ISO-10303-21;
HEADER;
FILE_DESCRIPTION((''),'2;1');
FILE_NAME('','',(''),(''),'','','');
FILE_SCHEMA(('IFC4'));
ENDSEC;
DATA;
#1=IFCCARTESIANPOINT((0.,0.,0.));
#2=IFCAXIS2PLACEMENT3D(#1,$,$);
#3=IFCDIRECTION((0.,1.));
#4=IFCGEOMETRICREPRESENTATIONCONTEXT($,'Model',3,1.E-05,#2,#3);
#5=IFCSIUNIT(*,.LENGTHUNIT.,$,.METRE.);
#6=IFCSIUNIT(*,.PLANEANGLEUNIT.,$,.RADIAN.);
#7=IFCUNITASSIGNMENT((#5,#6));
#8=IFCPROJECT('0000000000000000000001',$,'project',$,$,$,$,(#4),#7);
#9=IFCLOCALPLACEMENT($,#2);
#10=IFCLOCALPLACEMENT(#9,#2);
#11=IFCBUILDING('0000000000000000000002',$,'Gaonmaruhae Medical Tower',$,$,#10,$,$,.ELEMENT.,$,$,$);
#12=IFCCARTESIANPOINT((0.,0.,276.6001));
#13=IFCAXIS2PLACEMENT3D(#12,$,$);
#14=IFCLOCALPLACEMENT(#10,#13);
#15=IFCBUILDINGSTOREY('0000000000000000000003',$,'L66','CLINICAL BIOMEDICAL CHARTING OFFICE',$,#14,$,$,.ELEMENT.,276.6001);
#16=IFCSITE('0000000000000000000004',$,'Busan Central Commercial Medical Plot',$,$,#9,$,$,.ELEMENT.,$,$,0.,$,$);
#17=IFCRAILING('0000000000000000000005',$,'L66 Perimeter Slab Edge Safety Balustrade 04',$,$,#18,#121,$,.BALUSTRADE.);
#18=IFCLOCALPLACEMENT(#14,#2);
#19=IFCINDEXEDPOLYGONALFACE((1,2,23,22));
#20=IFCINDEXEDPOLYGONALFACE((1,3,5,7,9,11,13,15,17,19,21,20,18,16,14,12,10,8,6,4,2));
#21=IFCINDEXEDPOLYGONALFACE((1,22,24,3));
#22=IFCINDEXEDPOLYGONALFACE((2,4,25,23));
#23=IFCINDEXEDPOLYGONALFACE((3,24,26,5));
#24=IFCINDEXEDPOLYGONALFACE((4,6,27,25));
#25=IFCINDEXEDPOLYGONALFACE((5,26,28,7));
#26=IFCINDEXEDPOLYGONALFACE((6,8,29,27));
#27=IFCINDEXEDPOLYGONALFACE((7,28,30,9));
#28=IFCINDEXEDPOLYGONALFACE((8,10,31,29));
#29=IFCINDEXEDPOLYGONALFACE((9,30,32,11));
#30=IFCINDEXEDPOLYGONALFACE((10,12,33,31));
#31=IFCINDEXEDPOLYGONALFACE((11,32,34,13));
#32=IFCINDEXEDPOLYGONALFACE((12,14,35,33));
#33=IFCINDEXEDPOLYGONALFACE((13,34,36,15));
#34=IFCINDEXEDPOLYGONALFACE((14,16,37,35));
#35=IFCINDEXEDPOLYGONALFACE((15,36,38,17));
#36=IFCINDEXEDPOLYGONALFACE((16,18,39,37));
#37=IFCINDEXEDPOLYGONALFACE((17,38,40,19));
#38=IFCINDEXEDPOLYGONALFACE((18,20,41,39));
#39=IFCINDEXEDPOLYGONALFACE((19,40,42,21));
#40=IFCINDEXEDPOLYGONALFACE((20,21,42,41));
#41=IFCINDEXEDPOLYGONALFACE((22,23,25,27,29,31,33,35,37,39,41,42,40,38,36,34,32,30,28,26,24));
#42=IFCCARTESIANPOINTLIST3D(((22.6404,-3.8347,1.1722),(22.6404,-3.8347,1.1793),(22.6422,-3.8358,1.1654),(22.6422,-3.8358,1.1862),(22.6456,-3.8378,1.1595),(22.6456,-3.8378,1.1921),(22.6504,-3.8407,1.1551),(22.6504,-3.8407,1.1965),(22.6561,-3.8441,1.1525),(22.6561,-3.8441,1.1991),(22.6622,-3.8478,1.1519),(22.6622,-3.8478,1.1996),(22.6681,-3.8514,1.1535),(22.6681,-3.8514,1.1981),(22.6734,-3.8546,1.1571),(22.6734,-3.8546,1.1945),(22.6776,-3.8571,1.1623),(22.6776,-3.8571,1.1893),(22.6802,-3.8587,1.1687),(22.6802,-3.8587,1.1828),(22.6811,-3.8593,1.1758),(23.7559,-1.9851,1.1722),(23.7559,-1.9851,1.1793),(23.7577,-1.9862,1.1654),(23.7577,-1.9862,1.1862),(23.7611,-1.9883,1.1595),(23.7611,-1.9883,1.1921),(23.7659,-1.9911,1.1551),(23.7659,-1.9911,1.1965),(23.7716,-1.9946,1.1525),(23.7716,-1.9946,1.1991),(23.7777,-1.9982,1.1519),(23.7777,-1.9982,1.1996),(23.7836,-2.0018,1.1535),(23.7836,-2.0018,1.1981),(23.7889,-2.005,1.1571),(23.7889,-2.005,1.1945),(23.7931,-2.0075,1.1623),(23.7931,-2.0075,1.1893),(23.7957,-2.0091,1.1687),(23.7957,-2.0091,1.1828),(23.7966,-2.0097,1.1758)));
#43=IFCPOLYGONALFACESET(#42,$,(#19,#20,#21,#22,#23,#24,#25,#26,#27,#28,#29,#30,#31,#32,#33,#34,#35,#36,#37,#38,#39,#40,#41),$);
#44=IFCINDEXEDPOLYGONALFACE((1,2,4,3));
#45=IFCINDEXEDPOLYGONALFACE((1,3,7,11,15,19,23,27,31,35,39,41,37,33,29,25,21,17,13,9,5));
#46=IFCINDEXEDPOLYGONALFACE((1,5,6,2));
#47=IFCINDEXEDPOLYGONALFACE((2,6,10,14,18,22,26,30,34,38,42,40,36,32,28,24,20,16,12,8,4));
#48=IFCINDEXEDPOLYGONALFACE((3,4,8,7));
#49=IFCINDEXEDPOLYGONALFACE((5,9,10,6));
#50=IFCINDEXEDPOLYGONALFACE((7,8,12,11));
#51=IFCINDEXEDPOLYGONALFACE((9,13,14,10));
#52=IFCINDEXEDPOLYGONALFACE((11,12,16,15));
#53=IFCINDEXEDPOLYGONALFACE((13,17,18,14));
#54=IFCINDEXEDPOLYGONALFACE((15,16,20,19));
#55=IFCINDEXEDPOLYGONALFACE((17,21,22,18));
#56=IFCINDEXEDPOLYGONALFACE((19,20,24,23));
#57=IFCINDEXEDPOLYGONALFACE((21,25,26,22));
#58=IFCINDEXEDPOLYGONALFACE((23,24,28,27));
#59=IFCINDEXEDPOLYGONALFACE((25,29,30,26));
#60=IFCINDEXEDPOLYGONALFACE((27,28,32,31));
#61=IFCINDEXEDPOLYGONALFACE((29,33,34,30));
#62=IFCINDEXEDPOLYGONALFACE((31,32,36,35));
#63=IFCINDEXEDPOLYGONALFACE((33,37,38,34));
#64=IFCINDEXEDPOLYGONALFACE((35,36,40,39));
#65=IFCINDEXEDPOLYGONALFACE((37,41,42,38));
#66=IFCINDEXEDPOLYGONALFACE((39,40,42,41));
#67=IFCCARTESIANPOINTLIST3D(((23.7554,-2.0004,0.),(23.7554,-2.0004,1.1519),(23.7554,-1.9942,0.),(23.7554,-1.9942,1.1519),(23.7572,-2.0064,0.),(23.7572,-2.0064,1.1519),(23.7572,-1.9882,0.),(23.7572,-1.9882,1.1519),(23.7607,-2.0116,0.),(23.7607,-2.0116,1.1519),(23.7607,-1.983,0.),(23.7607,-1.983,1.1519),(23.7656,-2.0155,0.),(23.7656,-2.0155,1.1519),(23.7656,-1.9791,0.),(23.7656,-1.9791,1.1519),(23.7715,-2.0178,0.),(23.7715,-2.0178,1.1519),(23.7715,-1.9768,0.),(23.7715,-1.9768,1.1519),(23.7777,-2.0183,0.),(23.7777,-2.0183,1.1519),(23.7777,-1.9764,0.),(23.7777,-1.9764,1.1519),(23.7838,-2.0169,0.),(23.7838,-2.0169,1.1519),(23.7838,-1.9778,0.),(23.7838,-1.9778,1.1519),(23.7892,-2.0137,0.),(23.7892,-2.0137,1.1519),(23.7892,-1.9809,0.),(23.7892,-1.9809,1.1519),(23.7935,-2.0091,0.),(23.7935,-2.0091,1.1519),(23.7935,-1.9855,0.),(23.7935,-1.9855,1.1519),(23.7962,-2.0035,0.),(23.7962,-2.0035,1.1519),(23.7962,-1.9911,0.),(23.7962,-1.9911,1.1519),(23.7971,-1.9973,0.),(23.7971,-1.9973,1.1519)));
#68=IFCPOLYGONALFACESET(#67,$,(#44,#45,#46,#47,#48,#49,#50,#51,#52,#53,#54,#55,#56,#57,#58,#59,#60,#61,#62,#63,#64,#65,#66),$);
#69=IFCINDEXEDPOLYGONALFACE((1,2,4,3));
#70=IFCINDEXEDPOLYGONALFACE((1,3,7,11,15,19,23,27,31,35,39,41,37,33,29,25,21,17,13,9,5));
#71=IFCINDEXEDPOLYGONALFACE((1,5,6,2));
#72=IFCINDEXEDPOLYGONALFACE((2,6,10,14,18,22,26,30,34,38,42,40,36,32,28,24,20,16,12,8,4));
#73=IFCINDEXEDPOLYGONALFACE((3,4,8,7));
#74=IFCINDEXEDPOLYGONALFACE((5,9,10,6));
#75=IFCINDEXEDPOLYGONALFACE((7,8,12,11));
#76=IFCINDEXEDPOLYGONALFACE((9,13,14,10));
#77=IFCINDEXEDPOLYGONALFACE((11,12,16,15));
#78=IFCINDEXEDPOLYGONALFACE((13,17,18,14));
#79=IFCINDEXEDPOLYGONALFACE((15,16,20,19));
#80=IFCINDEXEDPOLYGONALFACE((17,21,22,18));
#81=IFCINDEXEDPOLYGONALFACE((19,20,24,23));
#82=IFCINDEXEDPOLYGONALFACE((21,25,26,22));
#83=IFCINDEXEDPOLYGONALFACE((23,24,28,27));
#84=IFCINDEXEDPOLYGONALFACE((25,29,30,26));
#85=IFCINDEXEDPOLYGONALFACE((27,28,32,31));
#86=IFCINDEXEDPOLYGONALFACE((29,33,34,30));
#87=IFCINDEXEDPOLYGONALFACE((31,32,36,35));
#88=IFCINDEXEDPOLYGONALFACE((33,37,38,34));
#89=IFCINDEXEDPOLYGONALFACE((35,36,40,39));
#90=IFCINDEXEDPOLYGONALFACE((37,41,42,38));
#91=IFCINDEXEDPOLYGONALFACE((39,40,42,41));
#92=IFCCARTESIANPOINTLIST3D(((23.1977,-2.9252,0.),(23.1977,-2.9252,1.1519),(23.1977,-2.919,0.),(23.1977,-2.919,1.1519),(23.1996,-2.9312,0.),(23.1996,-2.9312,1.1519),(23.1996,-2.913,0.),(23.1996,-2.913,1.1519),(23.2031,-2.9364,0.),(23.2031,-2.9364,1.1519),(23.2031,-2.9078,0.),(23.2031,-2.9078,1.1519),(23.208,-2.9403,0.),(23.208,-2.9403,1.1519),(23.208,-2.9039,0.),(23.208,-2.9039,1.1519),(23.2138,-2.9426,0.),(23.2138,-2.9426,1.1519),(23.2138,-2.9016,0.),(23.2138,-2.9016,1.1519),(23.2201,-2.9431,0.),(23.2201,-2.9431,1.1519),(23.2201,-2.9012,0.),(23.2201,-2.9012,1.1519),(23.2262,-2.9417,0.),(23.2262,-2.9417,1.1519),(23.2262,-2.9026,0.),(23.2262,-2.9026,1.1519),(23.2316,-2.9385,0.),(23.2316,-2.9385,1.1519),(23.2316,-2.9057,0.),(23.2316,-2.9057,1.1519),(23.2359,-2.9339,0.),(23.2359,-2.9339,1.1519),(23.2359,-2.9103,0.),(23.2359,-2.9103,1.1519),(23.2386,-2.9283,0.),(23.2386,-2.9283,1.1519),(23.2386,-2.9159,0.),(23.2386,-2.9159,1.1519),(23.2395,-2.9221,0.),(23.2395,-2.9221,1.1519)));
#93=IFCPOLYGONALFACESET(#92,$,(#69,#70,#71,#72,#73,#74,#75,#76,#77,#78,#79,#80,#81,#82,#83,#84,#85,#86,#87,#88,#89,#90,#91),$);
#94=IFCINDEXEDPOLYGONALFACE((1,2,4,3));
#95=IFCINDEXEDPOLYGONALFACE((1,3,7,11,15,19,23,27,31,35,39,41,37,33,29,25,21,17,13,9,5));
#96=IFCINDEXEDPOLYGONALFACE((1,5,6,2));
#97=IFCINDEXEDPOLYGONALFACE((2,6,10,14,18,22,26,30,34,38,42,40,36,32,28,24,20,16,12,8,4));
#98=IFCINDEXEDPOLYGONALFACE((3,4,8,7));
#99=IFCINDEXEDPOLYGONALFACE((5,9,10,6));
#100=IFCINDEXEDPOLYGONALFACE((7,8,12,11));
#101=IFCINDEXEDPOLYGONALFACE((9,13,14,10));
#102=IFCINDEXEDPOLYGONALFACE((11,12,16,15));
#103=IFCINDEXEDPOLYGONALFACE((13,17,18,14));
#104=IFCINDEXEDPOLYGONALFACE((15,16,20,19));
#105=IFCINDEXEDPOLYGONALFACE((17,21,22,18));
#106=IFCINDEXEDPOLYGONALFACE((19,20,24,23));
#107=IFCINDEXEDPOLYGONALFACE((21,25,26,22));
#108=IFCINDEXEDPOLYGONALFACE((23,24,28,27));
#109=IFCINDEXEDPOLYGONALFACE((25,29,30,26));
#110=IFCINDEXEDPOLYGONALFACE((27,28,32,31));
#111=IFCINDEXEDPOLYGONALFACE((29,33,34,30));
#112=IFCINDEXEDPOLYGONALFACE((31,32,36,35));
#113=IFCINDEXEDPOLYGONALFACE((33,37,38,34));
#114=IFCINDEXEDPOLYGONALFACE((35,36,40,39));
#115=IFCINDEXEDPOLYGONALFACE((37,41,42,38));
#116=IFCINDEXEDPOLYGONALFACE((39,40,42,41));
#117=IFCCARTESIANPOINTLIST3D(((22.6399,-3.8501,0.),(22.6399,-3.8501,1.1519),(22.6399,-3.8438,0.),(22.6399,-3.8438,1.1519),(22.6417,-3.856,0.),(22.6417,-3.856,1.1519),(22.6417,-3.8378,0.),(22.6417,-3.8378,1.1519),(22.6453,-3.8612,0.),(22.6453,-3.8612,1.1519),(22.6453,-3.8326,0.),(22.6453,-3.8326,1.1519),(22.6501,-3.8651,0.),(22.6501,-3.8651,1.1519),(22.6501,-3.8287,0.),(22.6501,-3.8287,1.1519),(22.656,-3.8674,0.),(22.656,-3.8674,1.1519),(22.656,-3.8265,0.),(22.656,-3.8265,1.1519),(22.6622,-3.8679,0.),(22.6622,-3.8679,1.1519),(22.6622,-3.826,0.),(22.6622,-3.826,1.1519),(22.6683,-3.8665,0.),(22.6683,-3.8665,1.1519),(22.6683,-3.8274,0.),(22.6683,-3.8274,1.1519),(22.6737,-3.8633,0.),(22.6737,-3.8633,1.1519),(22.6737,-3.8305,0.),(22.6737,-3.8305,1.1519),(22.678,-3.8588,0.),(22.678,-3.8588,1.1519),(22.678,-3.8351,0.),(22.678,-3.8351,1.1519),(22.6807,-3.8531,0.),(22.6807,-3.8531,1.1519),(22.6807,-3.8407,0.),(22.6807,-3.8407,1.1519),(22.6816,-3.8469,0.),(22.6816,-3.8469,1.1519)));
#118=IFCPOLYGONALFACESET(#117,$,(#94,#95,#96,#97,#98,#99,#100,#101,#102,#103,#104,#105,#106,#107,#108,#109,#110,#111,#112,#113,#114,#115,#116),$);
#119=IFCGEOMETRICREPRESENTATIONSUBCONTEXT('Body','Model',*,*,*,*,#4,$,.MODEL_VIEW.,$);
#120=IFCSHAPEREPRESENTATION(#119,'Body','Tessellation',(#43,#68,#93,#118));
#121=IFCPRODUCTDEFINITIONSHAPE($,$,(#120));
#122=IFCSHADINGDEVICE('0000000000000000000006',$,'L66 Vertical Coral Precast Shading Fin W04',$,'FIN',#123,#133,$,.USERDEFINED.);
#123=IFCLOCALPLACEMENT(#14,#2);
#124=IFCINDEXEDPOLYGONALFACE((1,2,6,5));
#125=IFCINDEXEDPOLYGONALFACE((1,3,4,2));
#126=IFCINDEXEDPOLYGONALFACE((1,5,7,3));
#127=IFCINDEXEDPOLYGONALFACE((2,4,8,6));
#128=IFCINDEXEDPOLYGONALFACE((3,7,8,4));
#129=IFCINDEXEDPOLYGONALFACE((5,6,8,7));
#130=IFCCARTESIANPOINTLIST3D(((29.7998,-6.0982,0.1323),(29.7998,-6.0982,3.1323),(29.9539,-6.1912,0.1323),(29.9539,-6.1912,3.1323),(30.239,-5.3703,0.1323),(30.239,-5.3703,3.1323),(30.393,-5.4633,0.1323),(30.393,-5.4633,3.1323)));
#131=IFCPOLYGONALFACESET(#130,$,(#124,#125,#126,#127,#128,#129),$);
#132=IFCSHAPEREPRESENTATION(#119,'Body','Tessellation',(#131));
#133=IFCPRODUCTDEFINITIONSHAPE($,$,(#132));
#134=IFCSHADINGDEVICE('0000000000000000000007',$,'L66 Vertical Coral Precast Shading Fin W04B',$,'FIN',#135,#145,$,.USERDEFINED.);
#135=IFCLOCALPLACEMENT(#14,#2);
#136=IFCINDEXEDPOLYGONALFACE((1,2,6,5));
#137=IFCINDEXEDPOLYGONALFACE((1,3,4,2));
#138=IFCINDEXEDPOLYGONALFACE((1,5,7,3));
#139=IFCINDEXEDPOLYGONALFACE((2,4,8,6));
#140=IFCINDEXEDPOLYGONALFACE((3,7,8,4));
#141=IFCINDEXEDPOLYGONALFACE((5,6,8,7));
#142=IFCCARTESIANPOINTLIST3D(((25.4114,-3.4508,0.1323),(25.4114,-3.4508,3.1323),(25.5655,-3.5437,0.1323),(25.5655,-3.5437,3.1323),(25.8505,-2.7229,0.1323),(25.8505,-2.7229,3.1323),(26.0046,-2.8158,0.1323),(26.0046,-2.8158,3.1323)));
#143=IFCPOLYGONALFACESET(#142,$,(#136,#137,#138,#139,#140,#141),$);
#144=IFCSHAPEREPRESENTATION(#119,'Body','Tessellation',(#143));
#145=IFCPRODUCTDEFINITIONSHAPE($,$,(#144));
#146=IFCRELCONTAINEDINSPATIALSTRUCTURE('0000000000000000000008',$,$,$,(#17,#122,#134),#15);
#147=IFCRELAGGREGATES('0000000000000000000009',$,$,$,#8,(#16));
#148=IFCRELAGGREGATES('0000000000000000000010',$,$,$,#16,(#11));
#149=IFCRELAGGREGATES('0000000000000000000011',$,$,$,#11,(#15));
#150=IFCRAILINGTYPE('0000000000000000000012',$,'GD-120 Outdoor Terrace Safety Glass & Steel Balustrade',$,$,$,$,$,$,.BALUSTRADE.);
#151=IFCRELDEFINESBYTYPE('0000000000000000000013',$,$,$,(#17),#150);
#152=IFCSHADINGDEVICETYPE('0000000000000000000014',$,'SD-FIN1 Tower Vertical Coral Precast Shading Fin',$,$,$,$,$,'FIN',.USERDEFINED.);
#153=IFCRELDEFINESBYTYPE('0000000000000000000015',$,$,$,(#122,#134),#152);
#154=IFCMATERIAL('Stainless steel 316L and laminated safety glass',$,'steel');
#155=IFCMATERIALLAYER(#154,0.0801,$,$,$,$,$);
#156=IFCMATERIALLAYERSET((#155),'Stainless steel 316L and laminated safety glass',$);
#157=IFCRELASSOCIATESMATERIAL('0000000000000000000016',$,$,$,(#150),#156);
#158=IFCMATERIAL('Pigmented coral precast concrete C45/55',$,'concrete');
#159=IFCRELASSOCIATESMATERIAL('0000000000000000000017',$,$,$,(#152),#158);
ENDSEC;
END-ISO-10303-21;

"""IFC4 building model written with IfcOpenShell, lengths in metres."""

from ifc_helpers import new_model, si_unit, direction, frame, origin, origin_2d, place, context, subcontext, project, spatial, rectangle, circle, extrude, material, layer, layer_set, type_object, element, save


model = new_model("IFC4")

# Units and contexts
model_context = context("Model", 3, precision=1e-05, world=origin(), true_north=direction((0.0, 1.0)))
body_context = subcontext(model_context, "Body", "Model", "MODEL_VIEW")
ifc_project = project(units=[si_unit("LENGTHUNIT", "METRE"), si_unit("PLANEANGLEUNIT", "RADIAN")], contexts=[model_context])

# Site, building, storey
site_placement = place(None, origin())
site = spatial("IfcSite", under=ifc_project, at=site_placement, Name="Busan Central Commercial Medical Plot", CompositionType="ELEMENT", RefElevation=0.0)
building_placement = place(site_placement, origin())
building = spatial("IfcBuilding", under=site, at=building_placement, Name="Gaonmaruhae Medical Tower", CompositionType="ELEMENT")
storey_placement = place(building_placement, frame((0.0, 0.0, 276.6001)))
storey = spatial("IfcBuildingStorey", under=building, at=storey_placement, Name="L66", Description="CLINICAL BIOMEDICAL CHARTING OFFICE", CompositionType="ELEMENT", Elevation=276.6001)

# Railing
ifc_material_1 = material(Name="Stainless steel 316L and laminated safety glass", Category="steel")
ifc_layer_1 = layer(ifc_material_1, 0.0801)
ifc_layer_set_1 = layer_set([ifc_layer_1], Name="Stainless steel 316L and laminated safety glass")
railing_type = type_object("IfcRailingType", Name="GD-120 Outdoor Terrace Safety Glass & Steel Balustrade", PredefinedType="BALUSTRADE", material=ifc_layer_set_1)
railing_1_placement = place(storey_placement, frame((23.7761, -1.9973, 0.0)))
element("IfcRailing", 1, at=railing_1_placement, inside=storey, type_object=railing_type, Name="L66 Perimeter Slab Edge Safety Balustrade 04", PredefinedType="BALUSTRADE", context=body_context, shape_type="SweptSolid", body=[
    extrude(circle(Radius=0.0239, at=origin_2d()), frame((0.0, 0.0, 1.1758), z_axis=(-0.516439, -0.856324, 0.0), x_axis=(0.856324, -0.516439, 0.0)), (0.0, 0.0, 1.0), 2.1599),
    extrude(circle(Radius=0.021, at=origin_2d()), origin(), (0.0, 0.0, 1.0), 1.1519),
    extrude(circle(Radius=0.021, at=origin_2d()), frame((-0.5576, -0.9248, 0.0)), (0.0, 0.0, 1.0), 1.1519),
    extrude(circle(Radius=0.021, at=origin_2d()), frame((-1.1155, -1.8496, 0.0)), (0.0, 0.0, 1.0), 1.1519),
])

# Shading devices
ifc_material_2 = material(Name="Pigmented coral precast concrete C45/55", Category="concrete")
shading_device_type = type_object("IfcShadingDeviceType", Name="SD-FIN1 Tower Vertical Coral Precast Shading Fin", ElementType="FIN", PredefinedType="USERDEFINED", material=ifc_material_2)
for number, where, z_axis, x_axis, name in (
    (2, (30.0964, -5.7808, 0.1323), (0.0, 0.0, 1.0), (-0.856267, 0.516533, 0.0), "L66 Vertical Coral Precast Shading Fin W04"),
    (3, (25.708, -3.1333, 0.1323), (0.0, 0.0, 1.0), (-0.856267, 0.516533, 0.0), "L66 Vertical Coral Precast Shading Fin W04B"),
):
    element("IfcShadingDevice", number, at=place(storey_placement, frame(where, z_axis=z_axis, x_axis=x_axis)), inside=storey, type_object=shading_device_type, Name=name, ObjectType="FIN", PredefinedType="USERDEFINED", context=body_context, shape_type="SweptSolid", body=[
        extrude(rectangle(XDim=0.1799, YDim=0.8501, at=origin_2d()), origin(), (0.0, 0.0, 1.0), 3.0),
    ])

save(model, "model.ifc")
